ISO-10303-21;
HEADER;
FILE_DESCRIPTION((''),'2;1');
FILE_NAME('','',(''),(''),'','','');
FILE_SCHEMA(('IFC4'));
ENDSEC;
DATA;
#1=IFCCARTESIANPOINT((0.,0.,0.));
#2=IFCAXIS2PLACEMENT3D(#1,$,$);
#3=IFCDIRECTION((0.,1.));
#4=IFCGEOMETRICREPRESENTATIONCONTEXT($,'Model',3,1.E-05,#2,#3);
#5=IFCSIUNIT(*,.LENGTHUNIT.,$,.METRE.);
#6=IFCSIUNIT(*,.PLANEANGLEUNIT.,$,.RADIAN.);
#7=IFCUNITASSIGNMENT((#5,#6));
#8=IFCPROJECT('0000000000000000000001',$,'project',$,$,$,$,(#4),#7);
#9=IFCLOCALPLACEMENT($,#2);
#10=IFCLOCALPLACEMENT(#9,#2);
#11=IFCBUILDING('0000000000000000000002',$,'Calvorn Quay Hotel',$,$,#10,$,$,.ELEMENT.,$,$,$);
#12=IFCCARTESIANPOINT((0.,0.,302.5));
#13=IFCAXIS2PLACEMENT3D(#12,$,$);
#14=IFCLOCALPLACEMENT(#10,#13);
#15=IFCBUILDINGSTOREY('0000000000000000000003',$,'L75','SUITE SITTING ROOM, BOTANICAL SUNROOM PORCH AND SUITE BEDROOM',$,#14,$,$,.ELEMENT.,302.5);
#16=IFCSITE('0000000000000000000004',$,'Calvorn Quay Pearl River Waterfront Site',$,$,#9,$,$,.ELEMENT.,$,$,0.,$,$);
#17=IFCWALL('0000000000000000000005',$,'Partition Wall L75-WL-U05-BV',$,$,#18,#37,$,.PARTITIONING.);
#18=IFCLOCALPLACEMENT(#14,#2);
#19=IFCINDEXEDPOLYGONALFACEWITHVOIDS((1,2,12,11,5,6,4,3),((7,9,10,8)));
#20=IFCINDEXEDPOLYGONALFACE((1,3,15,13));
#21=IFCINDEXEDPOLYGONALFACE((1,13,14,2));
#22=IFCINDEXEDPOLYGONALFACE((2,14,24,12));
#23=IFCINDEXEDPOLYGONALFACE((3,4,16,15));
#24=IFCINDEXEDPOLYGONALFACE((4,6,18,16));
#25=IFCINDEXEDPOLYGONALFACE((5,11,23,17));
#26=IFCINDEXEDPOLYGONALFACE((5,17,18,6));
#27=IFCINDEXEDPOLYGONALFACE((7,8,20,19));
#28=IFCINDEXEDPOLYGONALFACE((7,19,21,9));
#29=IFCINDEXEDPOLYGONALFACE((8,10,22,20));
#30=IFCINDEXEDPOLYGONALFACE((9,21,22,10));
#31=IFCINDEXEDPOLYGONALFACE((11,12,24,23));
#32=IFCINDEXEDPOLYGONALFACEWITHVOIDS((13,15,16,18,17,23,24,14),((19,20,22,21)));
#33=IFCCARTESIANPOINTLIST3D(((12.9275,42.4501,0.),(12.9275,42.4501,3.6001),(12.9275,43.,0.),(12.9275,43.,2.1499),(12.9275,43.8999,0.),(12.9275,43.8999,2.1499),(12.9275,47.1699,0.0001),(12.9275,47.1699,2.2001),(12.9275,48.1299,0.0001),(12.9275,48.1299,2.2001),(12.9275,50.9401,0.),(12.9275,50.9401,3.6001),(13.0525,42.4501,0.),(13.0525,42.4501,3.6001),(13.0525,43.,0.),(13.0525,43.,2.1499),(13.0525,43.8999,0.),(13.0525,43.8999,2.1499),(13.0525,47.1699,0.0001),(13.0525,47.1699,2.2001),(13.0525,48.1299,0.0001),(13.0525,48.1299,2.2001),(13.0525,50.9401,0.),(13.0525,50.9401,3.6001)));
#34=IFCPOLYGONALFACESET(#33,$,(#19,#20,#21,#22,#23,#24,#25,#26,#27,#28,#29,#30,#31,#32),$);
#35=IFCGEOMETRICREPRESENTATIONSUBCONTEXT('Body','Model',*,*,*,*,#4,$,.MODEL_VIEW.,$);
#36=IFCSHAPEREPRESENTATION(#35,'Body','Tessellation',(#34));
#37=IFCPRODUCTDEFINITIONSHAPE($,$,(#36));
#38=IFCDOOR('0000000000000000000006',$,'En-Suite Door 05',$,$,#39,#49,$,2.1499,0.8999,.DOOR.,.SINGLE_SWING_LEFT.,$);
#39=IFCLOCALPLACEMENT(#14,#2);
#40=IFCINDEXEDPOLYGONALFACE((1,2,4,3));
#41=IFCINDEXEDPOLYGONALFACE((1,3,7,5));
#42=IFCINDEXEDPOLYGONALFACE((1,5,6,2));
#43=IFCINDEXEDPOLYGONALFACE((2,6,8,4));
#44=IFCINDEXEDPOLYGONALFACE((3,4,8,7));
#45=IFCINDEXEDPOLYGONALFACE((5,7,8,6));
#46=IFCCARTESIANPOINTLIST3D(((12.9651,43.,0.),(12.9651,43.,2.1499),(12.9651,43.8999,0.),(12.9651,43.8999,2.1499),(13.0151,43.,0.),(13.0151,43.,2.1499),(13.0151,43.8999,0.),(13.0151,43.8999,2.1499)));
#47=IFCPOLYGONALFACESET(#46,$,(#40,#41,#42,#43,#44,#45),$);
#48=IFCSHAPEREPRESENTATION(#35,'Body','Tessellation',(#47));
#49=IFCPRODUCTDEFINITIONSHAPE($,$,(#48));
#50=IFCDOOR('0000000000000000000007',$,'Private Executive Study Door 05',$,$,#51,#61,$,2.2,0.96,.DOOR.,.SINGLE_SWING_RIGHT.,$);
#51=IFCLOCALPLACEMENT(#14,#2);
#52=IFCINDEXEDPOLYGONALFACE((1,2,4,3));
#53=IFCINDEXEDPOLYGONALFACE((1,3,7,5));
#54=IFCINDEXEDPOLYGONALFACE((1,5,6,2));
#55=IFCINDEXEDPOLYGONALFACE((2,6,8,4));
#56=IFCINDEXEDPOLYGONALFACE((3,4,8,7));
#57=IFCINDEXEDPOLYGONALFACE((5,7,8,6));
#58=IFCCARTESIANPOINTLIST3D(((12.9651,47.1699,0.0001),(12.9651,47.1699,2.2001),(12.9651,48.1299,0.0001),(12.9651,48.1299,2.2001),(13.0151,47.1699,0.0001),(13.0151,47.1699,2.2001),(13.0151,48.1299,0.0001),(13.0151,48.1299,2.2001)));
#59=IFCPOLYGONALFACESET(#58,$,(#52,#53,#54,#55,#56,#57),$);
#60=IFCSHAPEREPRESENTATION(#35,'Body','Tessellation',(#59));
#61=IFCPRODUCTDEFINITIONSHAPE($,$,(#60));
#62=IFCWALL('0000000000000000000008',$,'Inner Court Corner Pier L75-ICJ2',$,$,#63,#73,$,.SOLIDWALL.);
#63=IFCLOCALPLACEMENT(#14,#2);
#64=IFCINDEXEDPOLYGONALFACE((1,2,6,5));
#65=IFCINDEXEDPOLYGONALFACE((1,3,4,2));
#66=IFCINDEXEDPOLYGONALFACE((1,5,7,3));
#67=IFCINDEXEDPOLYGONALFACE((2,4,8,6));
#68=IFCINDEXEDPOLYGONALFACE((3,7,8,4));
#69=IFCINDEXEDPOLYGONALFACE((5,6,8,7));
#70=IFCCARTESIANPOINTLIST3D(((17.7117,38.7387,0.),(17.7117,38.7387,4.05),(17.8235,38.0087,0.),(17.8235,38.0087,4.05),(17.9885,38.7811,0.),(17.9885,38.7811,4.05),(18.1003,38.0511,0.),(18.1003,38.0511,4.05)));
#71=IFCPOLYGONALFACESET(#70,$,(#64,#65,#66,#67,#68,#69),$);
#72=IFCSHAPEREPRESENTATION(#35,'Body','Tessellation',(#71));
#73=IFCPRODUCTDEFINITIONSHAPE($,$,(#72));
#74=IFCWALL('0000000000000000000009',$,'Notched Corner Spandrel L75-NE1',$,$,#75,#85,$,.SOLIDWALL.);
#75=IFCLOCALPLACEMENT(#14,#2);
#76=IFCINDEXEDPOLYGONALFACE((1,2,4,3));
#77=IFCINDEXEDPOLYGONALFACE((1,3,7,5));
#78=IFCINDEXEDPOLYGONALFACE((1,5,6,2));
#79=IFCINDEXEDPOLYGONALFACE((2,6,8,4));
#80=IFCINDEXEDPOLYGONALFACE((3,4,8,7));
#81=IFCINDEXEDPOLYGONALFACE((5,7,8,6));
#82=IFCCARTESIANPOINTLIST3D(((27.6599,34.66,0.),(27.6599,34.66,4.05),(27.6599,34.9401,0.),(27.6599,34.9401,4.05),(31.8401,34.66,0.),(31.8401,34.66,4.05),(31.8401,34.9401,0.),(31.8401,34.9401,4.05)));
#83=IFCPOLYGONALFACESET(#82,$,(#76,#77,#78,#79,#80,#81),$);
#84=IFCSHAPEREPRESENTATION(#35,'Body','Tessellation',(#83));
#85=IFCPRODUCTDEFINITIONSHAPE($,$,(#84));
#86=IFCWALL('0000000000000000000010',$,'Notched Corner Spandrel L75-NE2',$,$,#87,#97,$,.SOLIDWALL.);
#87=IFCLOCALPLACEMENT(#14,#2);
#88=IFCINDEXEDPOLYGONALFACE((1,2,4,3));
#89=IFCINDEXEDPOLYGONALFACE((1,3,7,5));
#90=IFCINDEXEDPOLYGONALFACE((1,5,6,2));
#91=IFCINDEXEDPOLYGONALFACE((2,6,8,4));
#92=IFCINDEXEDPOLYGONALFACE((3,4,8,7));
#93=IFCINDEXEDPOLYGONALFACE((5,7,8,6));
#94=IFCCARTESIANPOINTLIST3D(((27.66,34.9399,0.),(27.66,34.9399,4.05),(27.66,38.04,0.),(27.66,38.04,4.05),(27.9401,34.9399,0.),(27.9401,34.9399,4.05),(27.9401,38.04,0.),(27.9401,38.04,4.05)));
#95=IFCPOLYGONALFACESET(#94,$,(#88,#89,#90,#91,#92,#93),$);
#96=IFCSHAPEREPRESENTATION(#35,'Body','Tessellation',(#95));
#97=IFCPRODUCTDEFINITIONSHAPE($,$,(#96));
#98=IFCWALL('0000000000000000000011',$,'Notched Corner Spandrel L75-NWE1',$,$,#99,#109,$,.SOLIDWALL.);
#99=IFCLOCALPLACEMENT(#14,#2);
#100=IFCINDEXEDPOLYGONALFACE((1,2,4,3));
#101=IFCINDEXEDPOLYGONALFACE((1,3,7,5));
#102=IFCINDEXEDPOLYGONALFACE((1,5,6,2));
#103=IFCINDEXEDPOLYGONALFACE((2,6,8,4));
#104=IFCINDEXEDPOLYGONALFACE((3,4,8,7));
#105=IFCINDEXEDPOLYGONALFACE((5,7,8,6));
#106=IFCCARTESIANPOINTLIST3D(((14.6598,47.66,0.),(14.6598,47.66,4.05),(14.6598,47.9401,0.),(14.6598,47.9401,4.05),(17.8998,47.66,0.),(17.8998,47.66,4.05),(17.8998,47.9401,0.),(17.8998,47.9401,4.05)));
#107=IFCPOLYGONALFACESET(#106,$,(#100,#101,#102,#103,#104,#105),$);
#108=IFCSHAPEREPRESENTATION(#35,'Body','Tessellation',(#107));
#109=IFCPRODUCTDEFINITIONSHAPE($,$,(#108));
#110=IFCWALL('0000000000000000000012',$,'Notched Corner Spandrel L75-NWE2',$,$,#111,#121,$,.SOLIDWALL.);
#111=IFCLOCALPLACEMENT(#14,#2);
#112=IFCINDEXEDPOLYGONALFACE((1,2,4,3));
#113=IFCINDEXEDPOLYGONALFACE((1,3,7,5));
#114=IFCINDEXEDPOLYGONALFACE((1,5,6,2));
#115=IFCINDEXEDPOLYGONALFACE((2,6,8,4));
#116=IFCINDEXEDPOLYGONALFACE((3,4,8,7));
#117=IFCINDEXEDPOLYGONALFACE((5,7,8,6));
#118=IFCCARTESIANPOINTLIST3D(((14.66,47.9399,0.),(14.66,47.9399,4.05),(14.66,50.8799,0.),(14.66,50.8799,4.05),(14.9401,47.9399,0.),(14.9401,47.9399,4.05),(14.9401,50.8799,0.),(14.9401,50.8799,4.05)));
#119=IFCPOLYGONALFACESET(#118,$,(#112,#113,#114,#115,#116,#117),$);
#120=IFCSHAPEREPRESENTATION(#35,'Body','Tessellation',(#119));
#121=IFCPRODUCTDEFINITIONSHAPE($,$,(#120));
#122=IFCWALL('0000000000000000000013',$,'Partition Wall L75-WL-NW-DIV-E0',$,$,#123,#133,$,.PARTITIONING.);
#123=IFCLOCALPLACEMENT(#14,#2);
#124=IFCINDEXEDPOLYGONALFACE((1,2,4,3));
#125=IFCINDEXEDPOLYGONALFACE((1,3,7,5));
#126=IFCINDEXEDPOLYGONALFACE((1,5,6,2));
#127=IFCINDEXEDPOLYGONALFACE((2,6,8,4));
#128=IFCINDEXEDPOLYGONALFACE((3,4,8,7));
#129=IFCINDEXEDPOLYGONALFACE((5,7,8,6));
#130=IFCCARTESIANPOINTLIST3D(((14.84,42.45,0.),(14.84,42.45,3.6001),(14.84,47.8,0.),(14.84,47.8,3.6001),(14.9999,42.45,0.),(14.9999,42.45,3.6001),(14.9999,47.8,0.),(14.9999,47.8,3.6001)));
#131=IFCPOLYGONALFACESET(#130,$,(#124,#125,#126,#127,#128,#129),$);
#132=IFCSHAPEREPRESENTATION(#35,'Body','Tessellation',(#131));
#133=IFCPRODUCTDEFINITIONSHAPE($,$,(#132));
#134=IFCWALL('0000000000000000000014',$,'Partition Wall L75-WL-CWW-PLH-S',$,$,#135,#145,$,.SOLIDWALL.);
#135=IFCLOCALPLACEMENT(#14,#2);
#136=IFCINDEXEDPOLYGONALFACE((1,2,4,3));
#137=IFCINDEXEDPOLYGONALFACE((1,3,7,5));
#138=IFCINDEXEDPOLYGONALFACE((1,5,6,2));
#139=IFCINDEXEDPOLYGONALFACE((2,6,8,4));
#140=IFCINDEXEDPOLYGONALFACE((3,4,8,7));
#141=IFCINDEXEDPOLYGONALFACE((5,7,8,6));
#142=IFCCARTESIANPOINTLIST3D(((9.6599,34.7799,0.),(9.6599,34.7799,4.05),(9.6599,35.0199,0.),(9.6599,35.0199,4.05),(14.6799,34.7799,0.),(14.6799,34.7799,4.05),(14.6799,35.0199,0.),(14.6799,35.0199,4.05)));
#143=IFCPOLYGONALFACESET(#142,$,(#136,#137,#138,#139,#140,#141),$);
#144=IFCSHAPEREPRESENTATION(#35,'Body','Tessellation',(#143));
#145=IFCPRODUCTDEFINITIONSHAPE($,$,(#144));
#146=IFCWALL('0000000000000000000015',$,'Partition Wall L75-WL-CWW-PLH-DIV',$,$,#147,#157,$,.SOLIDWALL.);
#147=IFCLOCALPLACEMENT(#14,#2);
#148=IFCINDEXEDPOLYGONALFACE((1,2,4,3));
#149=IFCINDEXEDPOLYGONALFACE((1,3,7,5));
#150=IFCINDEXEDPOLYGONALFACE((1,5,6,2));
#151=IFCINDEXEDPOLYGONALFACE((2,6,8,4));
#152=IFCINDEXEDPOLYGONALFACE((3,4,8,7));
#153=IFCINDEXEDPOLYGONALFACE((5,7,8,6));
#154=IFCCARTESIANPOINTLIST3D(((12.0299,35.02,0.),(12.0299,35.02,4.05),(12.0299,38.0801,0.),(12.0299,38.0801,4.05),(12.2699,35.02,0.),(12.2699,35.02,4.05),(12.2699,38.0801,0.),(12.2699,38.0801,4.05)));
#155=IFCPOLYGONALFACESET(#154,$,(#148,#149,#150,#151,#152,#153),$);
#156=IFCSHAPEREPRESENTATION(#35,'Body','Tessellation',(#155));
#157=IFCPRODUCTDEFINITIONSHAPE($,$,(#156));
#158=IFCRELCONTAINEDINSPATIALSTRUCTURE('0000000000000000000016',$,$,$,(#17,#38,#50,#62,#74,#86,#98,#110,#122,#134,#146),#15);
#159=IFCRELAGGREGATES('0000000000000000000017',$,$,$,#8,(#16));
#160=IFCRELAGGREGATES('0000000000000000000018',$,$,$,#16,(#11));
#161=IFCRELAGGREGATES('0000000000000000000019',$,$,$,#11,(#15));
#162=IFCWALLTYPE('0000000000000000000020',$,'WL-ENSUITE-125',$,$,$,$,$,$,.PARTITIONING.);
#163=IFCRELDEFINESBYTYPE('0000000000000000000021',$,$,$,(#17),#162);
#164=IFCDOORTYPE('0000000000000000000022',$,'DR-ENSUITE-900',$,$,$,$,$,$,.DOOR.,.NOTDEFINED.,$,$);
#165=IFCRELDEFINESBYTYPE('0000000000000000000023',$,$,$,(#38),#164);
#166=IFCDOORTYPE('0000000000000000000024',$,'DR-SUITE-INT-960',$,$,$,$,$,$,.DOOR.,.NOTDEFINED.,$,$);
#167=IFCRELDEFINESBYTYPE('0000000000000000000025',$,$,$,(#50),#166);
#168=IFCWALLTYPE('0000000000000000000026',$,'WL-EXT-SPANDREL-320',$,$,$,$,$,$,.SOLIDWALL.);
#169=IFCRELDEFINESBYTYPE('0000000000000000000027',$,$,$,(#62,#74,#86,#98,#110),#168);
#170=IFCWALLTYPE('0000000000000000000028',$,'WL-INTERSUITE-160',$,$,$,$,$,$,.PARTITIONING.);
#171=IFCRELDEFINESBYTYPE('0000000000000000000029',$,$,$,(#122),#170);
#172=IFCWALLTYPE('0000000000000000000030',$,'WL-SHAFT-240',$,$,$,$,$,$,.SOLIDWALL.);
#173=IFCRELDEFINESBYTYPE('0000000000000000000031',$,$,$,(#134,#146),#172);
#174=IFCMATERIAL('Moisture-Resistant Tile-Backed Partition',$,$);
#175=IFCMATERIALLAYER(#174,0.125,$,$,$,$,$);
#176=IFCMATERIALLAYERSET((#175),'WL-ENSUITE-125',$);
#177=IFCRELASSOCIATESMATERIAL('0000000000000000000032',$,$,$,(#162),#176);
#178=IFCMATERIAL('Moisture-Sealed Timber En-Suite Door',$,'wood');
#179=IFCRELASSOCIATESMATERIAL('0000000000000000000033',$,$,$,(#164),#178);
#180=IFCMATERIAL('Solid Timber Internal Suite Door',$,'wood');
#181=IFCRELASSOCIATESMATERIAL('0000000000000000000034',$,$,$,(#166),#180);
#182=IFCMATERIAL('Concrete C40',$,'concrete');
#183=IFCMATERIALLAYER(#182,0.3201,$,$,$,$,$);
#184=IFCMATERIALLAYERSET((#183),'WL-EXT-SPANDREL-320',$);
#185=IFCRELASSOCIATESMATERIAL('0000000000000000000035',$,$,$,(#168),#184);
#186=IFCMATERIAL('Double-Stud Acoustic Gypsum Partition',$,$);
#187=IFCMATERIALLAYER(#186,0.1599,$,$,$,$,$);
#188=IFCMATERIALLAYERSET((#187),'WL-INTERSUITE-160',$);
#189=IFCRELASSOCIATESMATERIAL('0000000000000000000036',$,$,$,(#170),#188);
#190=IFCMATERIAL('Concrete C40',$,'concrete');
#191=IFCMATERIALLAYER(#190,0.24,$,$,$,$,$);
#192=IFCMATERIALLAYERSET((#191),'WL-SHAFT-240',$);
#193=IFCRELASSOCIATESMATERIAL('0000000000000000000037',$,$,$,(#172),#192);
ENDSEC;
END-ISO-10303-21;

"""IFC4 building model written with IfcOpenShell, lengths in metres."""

from ifc_helpers import new_model, si_unit, direction, frame, frame_2d, origin, place, context, subcontext, project, spatial, rectangle, extrude, material, layer, layer_set, type_object, element, fill, save


model = new_model("IFC4")

# Units and contexts
model_context = context("Model", 3, precision=1e-05, world=origin(), true_north=direction((0.0, 1.0)))
body_context = subcontext(model_context, "Body", "Model", "MODEL_VIEW")
ifc_project = project(units=[si_unit("LENGTHUNIT", "METRE"), si_unit("PLANEANGLEUNIT", "RADIAN")], contexts=[model_context])

# Site, building, storey
site_placement = place(None, origin())
site = spatial("IfcSite", under=ifc_project, at=site_placement, Name="Calvorn Quay Pearl River Waterfront Site", CompositionType="ELEMENT", RefElevation=0.0)
building_placement = place(site_placement, origin())
building = spatial("IfcBuilding", under=site, at=building_placement, Name="Calvorn Quay Hotel", CompositionType="ELEMENT")
storey_placement = place(building_placement, frame((0.0, 0.0, 302.5)))
storey = spatial("IfcBuildingStorey", under=building, at=storey_placement, Name="L75", Description="SUITE SITTING ROOM, BOTANICAL SUNROOM PORCH AND SUITE BEDROOM", CompositionType="ELEMENT", Elevation=302.5)

# Shared definitions
ifc_material_1 = material(Name="Moisture-Resistant Tile-Backed Partition")
ifc_layer_1 = layer(ifc_material_1, 0.125)
ifc_layer_set_1 = layer_set([ifc_layer_1], Name="WL-ENSUITE-125")
wall_type_1 = type_object("IfcWallType", Name="WL-ENSUITE-125", PredefinedType="PARTITIONING", material=ifc_layer_set_1)

# Wall, openings, doors
wall_1_placement = place(storey_placement, frame((12.99, 42.45, 0.0), z_axis=(0.0, 0.0, 1.0), x_axis=(0.0, 1.0, 0.0)))
wall_1 = element("IfcWall", 1, at=wall_1_placement, inside=storey, type_object=wall_type_1, Name="Partition Wall L75-WL-U05-BV", PredefinedType="PARTITIONING", context=body_context, shape_type="SweptSolid", body=[
    extrude(rectangle(XDim=8.49, YDim=0.125, at=frame_2d((4.2451, 0.0))), origin(), (0.0, 0.0, 1.0), 3.6001),
])
opening_1_placement = place(wall_1_placement, frame((0.55, 0.0, 0.0)))
opening_1 = element("IfcOpeningElement", 2, at=opening_1_placement, cuts=wall_1, PredefinedType="OPENING", context=body_context, shape_type="SweptSolid", body=[
    extrude(rectangle(XDim=0.8999, YDim=2.1499, at=frame_2d((0.45, 1.075))), frame((0.0, 0.0725, 0.0), z_axis=(0.0, -1.0, 0.0), x_axis=(1.0, 0.0, 0.0)), (0.0, 0.0, 1.0), 0.145),
])
opening_2_placement = place(wall_1_placement, frame((4.72, 0.0, 0.0)))
opening_2 = element("IfcOpeningElement", 3, at=opening_2_placement, cuts=wall_1, PredefinedType="OPENING", context=body_context, shape_type="SweptSolid", body=[
    extrude(rectangle(XDim=0.96, YDim=2.2, at=frame_2d((0.48, 1.1001))), frame((0.0, 0.0725, 0.0), z_axis=(0.0, -1.0, 0.0), x_axis=(1.0, 0.0, 0.0)), (0.0, 0.0, 1.0), 0.145),
])
ifc_material_2 = material(Name="Moisture-Sealed Timber En-Suite Door", Category="wood")
door_type_1 = type_object("IfcDoorType", Name="DR-ENSUITE-900", OperationType="NOTDEFINED", PredefinedType="DOOR", material=ifc_material_2)
door_1_placement = place(opening_1_placement, origin())
door_1 = element("IfcDoor", 4, at=door_1_placement, inside=storey, type_object=door_type_1, Name="En-Suite Door 05", OperationType="SINGLE_SWING_LEFT", OverallHeight=2.1499, OverallWidth=0.8999, PredefinedType="DOOR", context=body_context, shape_type="SweptSolid", body=[
    extrude(rectangle(XDim=0.8999, YDim=2.1499, at=frame_2d((0.45, 1.075))), frame((0.0, 0.0249, 0.0), z_axis=(0.0, -1.0, 0.0), x_axis=(1.0, 0.0, 0.0)), (0.0, 0.0, 1.0), 0.05),
])
fill(opening_1, door_1)
ifc_material_3 = material(Name="Solid Timber Internal Suite Door", Category="wood")
door_type_2 = type_object("IfcDoorType", Name="DR-SUITE-INT-960", OperationType="NOTDEFINED", PredefinedType="DOOR", material=ifc_material_3)
door_2_placement = place(opening_2_placement, origin())
door_2 = element("IfcDoor", 5, at=door_2_placement, inside=storey, type_object=door_type_2, Name="Private Executive Study Door 05", OperationType="SINGLE_SWING_RIGHT", OverallHeight=2.2, OverallWidth=0.96, PredefinedType="DOOR", context=body_context, shape_type="SweptSolid", body=[
    extrude(rectangle(XDim=0.96, YDim=2.2, at=frame_2d((0.48, 1.1001))), frame((0.0, 0.0249, 0.0), z_axis=(0.0, -1.0, 0.0), x_axis=(1.0, 0.0, 0.0)), (0.0, 0.0, 1.0), 0.05),
])
fill(opening_2, door_2)

# Walls
ifc_material_4 = material(Name="Concrete C40", Category="concrete")
ifc_layer_2 = layer(ifc_material_4, 0.3201)
ifc_layer_set_2 = layer_set([ifc_layer_2], Name="WL-EXT-SPANDREL-320")
wall_type_2 = type_object("IfcWallType", Name="WL-EXT-SPANDREL-320", PredefinedType="SOLIDWALL", material=ifc_layer_set_2)
wall_2_placement = place(storey_placement, frame((17.9619, 38.03, 0.0), z_axis=(0.0, 0.0, 1.0), x_axis=(-0.151411, 0.988471, 0.0)))
element("IfcWall", 6, at=wall_2_placement, inside=storey, type_object=wall_type_2, Name="Inner Court Corner Pier L75-ICJ2", PredefinedType="SOLIDWALL", context=body_context, shape_type="SweptSolid", body=[
    extrude(rectangle(XDim=0.7385, YDim=0.28, at=frame_2d((0.3691, 0.0))), origin(), (0.0, 0.0, 1.0), 4.05),
])
wall_3_placement = place(storey_placement, frame((31.8401, 34.8, 0.0), z_axis=(0.0, 0.0, 1.0), x_axis=(-1.0, 0.0, 0.0)))
element("IfcWall", 7, at=wall_3_placement, inside=storey, type_object=wall_type_2, Name="Notched Corner Spandrel L75-NE1", PredefinedType="SOLIDWALL", context=body_context, shape_type="SweptSolid", body=[
    extrude(rectangle(XDim=4.1802, YDim=0.28, at=frame_2d((2.0901, 0.0))), origin(), (0.0, 0.0, 1.0), 4.05),
])
wall_4_placement = place(storey_placement, frame((27.8, 34.9399, 0.0), z_axis=(0.0, 0.0, 1.0), x_axis=(0.0, 1.0, 0.0)))
element("IfcWall", 8, at=wall_4_placement, inside=storey, type_object=wall_type_2, Name="Notched Corner Spandrel L75-NE2", PredefinedType="SOLIDWALL", context=body_context, shape_type="SweptSolid", body=[
    extrude(rectangle(XDim=3.1001, YDim=0.28, at=frame_2d((1.55, 0.0))), origin(), (0.0, 0.0, 1.0), 4.05),
])
wall_5_placement = place(storey_placement, frame((17.8999, 47.8, 0.0), z_axis=(0.0, 0.0, 1.0), x_axis=(-1.0, 0.0, 0.0)))
element("IfcWall", 9, at=wall_5_placement, inside=storey, type_object=wall_type_2, Name="Notched Corner Spandrel L75-NWE1", PredefinedType="SOLIDWALL", context=body_context, shape_type="SweptSolid", body=[
    extrude(rectangle(XDim=3.24, YDim=0.28, at=frame_2d((1.6201, 0.0))), origin(), (0.0, 0.0, 1.0), 4.05),
])
wall_6_placement = place(storey_placement, frame((14.8, 47.9399, 0.0), z_axis=(0.0, 0.0, 1.0), x_axis=(0.0, 1.0, 0.0)))
element("IfcWall", 10, at=wall_6_placement, inside=storey, type_object=wall_type_2, Name="Notched Corner Spandrel L75-NWE2", PredefinedType="SOLIDWALL", context=body_context, shape_type="SweptSolid", body=[
    extrude(rectangle(XDim=2.9399, YDim=0.28, at=frame_2d((1.47, 0.0))), origin(), (0.0, 0.0, 1.0), 4.05),
])
ifc_material_5 = material(Name="Double-Stud Acoustic Gypsum Partition")
ifc_layer_3 = layer(ifc_material_5, 0.1599)
ifc_layer_set_3 = layer_set([ifc_layer_3], Name="WL-INTERSUITE-160")
wall_type_3 = type_object("IfcWallType", Name="WL-INTERSUITE-160", PredefinedType="PARTITIONING", material=ifc_layer_set_3)
wall_7_placement = place(storey_placement, frame((14.9199, 42.45, 0.0), z_axis=(0.0, 0.0, 1.0), x_axis=(0.0, 1.0, 0.0)))
element("IfcWall", 11, at=wall_7_placement, inside=storey, type_object=wall_type_3, Name="Partition Wall L75-WL-NW-DIV-E0", PredefinedType="PARTITIONING", context=body_context, shape_type="SweptSolid", body=[
    extrude(rectangle(XDim=5.3501, YDim=0.1599, at=frame_2d((2.675, 0.0))), origin(), (0.0, 0.0, 1.0), 3.6001),
])
ifc_material_6 = material(Name="Concrete C40", Category="concrete")
ifc_layer_4 = layer(ifc_material_6, 0.24)
ifc_layer_set_4 = layer_set([ifc_layer_4], Name="WL-SHAFT-240")
wall_type_4 = type_object("IfcWallType", Name="WL-SHAFT-240", PredefinedType="SOLIDWALL", material=ifc_layer_set_4)
wall_8_placement = place(storey_placement, frame((9.6599, 34.8999, 0.0), z_axis=(0.0, 0.0, 1.0), x_axis=(1.0, 0.0, 0.0)))
element("IfcWall", 12, at=wall_8_placement, inside=storey, type_object=wall_type_4, Name="Partition Wall L75-WL-CWW-PLH-S", PredefinedType="SOLIDWALL", context=body_context, shape_type="SweptSolid", body=[
    extrude(rectangle(XDim=5.02, YDim=0.24, at=frame_2d((2.51, 0.0))), origin(), (0.0, 0.0, 1.0), 4.05),
])
wall_9_placement = place(storey_placement, frame((12.1499, 35.02, 0.0), z_axis=(0.0, 0.0, 1.0), x_axis=(0.0, 1.0, 0.0)))
element("IfcWall", 13, at=wall_9_placement, inside=storey, type_object=wall_type_4, Name="Partition Wall L75-WL-CWW-PLH-DIV", PredefinedType="SOLIDWALL", context=body_context, shape_type="SweptSolid", body=[
    extrude(rectangle(XDim=3.0601, YDim=0.24, at=frame_2d((1.53, 0.0))), origin(), (0.0, 0.0, 1.0), 4.05),
])

save(model, "model.ifc")
